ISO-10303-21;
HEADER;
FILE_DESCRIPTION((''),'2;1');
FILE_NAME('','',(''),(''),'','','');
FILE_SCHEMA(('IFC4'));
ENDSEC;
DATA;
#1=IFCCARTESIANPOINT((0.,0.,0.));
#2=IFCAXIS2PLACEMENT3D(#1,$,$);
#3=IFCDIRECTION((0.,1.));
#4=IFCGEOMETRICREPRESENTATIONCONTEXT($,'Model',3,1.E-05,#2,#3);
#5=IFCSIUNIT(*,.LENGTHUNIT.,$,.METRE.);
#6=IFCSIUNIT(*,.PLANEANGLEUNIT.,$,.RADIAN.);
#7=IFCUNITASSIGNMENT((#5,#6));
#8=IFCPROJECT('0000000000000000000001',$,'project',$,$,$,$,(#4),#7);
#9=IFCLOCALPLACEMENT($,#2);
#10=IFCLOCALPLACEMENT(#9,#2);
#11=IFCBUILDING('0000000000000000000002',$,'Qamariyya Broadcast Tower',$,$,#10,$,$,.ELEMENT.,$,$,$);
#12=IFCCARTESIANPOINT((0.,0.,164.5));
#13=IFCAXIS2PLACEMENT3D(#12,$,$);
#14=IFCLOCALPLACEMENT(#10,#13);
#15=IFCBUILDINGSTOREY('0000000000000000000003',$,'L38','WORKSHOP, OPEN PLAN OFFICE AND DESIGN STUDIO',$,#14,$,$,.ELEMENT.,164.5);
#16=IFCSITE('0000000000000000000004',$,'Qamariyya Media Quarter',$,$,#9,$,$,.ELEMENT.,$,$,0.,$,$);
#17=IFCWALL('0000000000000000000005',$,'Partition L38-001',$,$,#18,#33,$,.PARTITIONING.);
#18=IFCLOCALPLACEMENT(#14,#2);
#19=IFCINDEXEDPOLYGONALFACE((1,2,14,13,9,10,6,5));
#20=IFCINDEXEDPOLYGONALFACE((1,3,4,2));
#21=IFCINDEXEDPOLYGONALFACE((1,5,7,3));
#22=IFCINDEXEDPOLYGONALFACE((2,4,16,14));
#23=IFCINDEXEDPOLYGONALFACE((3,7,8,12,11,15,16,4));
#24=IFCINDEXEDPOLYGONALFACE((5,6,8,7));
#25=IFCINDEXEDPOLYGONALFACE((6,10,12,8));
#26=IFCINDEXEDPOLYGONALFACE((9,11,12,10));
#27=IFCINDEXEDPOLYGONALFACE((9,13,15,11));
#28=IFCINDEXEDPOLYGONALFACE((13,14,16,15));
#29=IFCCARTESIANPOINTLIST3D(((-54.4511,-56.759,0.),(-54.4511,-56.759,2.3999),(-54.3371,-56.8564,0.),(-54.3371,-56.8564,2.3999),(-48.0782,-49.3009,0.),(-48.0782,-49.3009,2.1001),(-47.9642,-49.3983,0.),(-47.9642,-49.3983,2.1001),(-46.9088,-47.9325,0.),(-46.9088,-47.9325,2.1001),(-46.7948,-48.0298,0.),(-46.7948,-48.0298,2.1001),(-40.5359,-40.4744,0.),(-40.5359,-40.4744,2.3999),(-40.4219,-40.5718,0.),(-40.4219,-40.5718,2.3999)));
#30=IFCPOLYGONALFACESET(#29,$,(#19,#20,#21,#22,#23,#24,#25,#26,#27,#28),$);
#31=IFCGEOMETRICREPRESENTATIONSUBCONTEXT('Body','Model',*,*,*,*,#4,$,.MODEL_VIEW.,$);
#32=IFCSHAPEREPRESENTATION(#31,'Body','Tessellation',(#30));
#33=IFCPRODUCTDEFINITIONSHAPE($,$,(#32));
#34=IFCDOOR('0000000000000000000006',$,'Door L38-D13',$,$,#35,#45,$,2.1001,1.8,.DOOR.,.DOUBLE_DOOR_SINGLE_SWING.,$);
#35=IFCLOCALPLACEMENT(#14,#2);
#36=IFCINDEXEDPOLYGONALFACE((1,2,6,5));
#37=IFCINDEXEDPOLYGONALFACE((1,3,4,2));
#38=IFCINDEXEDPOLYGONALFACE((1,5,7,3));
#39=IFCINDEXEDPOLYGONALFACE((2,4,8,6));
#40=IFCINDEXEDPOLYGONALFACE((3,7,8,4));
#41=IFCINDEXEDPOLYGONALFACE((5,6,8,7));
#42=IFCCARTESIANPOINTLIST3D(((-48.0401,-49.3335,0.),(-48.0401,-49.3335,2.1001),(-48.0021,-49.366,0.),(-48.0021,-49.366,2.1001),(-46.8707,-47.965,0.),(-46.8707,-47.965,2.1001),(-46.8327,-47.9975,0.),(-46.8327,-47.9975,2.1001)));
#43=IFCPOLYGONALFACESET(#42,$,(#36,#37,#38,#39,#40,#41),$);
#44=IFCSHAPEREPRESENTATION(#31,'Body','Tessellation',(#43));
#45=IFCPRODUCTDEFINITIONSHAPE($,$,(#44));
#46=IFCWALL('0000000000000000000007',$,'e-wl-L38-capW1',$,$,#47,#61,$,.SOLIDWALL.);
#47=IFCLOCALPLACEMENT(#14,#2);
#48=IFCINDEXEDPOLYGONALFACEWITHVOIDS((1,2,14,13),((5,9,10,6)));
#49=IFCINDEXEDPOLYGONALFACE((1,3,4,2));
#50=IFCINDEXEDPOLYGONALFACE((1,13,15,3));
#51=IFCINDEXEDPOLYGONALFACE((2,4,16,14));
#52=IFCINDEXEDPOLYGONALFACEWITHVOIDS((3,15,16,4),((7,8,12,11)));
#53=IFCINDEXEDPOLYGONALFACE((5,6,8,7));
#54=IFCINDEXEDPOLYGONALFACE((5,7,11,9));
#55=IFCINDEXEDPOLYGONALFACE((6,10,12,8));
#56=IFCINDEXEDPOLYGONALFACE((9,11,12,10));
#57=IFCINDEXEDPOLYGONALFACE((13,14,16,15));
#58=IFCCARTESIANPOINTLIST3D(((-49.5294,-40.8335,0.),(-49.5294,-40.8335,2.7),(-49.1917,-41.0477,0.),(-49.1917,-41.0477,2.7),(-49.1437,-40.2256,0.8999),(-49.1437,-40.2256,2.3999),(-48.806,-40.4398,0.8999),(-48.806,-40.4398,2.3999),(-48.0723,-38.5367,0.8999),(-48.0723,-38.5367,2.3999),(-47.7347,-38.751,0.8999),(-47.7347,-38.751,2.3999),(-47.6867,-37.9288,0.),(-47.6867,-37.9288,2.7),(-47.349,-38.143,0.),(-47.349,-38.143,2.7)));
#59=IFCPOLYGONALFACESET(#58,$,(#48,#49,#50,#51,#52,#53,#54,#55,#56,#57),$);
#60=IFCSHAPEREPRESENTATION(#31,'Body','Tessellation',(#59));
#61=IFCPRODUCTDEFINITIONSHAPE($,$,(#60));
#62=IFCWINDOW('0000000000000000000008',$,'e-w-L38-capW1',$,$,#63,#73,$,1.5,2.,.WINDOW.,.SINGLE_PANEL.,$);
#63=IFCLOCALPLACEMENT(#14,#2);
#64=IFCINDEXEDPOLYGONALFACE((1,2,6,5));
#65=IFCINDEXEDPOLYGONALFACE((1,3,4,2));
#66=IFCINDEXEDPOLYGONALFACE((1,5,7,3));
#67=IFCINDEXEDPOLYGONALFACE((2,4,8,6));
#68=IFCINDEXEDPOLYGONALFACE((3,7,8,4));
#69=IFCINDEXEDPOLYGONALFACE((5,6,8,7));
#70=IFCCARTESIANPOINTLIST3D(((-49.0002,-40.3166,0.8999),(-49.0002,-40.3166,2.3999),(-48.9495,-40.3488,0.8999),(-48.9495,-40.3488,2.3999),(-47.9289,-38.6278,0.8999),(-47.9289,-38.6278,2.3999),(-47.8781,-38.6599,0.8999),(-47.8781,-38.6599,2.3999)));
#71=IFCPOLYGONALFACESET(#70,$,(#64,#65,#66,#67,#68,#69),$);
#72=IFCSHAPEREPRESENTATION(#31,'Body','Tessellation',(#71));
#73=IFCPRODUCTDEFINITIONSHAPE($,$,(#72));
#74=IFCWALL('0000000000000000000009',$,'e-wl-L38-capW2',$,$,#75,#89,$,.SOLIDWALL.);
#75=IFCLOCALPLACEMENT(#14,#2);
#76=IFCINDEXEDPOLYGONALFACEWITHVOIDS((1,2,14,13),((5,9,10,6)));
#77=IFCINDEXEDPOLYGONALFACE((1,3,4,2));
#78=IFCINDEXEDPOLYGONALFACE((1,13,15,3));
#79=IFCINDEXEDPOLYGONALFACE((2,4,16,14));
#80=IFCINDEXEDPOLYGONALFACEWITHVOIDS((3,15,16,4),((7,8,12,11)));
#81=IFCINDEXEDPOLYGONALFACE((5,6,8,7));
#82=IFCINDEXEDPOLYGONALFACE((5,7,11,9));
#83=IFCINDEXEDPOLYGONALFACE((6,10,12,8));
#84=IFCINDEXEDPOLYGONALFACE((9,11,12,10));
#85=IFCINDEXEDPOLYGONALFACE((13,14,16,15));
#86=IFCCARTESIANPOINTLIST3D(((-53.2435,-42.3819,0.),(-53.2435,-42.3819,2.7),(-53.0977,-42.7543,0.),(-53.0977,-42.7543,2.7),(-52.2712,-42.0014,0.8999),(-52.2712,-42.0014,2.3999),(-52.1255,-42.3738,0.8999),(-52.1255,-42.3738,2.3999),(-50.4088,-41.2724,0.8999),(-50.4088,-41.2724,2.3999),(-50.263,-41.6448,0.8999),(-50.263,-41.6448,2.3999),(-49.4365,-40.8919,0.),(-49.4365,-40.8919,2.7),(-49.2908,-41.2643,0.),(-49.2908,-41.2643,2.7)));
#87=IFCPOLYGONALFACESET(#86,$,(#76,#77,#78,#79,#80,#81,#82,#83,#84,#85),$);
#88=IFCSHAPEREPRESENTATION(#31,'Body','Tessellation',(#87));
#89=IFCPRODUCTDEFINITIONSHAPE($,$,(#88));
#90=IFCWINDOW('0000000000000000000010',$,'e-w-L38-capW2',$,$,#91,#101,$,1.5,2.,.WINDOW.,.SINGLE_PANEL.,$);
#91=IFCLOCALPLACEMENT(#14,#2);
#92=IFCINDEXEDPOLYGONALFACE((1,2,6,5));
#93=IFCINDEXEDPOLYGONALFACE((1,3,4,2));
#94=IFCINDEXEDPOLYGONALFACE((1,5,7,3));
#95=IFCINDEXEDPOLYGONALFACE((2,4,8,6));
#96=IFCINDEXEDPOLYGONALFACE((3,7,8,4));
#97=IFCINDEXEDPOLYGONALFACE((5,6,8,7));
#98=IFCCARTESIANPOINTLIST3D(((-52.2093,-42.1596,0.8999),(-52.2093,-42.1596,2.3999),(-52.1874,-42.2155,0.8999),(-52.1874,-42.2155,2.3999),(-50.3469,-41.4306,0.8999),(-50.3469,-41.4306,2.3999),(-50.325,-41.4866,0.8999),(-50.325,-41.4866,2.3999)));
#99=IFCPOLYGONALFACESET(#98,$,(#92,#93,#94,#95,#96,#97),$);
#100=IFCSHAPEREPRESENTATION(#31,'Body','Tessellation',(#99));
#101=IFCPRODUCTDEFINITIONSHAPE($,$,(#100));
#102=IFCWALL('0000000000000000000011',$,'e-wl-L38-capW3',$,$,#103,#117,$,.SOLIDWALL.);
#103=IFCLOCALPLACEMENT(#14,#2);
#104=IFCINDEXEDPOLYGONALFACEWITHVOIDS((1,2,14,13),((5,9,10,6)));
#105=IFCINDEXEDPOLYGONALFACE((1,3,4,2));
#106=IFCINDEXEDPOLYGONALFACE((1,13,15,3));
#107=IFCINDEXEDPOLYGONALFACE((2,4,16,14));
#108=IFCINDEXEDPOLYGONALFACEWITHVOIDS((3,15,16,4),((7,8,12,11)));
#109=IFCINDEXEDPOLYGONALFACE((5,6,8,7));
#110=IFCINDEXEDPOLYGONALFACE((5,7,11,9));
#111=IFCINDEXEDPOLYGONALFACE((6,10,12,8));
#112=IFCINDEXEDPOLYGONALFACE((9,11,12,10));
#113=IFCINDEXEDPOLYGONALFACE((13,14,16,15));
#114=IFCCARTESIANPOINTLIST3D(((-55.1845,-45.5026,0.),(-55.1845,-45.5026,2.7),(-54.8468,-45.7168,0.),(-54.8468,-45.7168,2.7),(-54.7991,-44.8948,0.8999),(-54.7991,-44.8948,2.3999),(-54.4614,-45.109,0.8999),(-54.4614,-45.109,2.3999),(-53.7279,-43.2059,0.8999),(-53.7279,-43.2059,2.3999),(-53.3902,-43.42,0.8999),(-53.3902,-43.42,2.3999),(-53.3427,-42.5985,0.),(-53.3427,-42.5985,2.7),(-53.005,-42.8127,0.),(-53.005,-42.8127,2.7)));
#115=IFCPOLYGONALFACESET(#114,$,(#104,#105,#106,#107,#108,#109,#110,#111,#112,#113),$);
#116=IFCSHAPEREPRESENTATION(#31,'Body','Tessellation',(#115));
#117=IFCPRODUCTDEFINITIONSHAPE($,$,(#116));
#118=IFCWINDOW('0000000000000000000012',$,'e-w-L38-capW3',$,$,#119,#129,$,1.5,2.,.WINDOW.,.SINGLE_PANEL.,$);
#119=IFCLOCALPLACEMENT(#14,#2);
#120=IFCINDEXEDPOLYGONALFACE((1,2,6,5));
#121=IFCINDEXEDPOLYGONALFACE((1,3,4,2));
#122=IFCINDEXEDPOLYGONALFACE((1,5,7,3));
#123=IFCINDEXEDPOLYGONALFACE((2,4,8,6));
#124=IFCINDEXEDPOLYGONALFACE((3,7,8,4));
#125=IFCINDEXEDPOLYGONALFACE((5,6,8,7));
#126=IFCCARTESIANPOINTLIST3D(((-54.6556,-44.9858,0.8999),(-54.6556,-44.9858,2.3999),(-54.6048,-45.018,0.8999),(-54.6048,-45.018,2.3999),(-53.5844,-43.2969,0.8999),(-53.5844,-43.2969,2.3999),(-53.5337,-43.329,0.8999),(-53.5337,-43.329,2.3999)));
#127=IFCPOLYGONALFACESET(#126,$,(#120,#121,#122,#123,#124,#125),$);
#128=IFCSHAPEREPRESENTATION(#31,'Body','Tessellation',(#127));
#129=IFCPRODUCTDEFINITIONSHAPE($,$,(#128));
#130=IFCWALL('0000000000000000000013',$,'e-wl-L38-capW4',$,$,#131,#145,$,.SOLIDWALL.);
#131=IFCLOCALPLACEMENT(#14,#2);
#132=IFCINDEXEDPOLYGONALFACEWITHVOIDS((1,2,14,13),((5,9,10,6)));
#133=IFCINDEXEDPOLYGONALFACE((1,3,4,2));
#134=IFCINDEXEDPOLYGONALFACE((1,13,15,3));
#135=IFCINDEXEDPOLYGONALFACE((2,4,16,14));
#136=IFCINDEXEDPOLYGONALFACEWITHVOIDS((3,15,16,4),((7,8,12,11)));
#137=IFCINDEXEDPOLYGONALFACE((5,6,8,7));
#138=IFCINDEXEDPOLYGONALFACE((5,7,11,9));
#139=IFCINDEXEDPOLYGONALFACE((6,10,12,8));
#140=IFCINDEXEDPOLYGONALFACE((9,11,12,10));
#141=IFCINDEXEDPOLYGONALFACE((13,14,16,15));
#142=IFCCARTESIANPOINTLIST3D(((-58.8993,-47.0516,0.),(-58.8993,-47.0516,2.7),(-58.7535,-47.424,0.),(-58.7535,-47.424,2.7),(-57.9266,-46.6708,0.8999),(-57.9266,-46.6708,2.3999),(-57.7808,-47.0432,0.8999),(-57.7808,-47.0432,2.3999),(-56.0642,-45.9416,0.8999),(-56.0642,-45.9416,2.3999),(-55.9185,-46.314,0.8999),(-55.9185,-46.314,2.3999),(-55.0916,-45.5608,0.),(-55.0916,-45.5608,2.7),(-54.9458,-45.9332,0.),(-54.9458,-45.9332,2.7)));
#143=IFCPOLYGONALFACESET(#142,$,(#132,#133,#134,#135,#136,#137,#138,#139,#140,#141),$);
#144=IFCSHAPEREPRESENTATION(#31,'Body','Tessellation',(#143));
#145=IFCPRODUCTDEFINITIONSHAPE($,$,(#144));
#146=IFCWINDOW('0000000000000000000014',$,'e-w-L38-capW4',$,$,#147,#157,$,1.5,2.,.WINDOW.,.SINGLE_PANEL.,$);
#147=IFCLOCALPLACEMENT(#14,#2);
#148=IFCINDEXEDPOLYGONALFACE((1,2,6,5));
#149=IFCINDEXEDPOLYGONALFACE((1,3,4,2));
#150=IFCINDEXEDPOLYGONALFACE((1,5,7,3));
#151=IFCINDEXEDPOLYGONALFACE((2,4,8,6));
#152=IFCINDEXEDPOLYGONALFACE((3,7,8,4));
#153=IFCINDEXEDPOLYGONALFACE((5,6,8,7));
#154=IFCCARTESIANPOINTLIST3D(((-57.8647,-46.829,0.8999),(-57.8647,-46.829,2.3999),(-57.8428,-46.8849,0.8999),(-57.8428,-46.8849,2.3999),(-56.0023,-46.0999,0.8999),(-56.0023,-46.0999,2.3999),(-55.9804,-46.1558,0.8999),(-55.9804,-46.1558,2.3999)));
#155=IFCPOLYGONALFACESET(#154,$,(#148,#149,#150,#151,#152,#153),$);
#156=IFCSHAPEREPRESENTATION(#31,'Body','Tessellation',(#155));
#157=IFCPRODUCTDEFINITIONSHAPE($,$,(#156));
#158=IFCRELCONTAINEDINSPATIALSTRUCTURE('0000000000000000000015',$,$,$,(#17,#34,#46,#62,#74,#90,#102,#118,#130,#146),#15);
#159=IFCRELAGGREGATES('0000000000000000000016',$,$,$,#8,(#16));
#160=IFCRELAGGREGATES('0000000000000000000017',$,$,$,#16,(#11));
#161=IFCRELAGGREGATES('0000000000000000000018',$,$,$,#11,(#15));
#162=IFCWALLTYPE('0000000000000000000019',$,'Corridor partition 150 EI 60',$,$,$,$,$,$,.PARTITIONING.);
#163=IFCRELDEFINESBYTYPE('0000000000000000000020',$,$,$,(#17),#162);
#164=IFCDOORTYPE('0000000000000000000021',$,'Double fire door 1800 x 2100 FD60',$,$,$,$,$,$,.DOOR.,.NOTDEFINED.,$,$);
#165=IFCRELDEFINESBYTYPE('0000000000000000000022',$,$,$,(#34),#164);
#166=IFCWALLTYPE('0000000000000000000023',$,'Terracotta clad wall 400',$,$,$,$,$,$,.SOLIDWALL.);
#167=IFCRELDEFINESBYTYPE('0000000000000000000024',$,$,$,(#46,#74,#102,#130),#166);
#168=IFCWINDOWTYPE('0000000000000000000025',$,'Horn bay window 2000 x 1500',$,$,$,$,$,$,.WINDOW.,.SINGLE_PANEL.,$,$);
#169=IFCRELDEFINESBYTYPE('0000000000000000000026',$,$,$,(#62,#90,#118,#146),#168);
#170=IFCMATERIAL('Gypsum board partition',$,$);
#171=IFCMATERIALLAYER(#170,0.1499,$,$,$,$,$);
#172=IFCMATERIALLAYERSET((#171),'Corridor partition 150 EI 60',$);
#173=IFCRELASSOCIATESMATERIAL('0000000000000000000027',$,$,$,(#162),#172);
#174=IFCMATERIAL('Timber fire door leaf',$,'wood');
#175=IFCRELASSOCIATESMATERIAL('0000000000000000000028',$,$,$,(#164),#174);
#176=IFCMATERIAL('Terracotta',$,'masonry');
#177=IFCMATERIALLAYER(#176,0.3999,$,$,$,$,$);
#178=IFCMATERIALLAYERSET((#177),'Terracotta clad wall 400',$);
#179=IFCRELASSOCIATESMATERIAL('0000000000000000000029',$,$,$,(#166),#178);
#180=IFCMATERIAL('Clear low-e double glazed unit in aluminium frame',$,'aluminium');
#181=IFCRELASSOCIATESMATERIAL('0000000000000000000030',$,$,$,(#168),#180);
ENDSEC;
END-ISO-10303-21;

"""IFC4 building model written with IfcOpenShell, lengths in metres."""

from ifc_helpers import new_model, si_unit, direction, frame, frame_2d, origin, place, context, subcontext, project, spatial, rectangle, extrude, material, layer, layer_set, type_object, element, fill, save


model = new_model("IFC4")

# Units and contexts
model_context = context("Model", 3, precision=1e-05, world=origin(), true_north=direction((0.0, 1.0)))
body_context = subcontext(model_context, "Body", "Model", "MODEL_VIEW")
ifc_project = project(units=[si_unit("LENGTHUNIT", "METRE"), si_unit("PLANEANGLEUNIT", "RADIAN")], contexts=[model_context])

# Site, building, storey
site_placement = place(None, origin())
site = spatial("IfcSite", under=ifc_project, at=site_placement, Name="Qamariyya Media Quarter", CompositionType="ELEMENT", RefElevation=0.0)
building_placement = place(site_placement, origin())
building = spatial("IfcBuilding", under=site, at=building_placement, Name="Qamariyya Broadcast Tower", CompositionType="ELEMENT")
storey_placement = place(building_placement, frame((0.0, 0.0, 164.5)))
storey = spatial("IfcBuildingStorey", under=building, at=storey_placement, Name="L38", Description="WORKSHOP, OPEN PLAN OFFICE AND DESIGN STUDIO", CompositionType="ELEMENT", Elevation=164.5)

# Wall, opening, door
ifc_material_1 = material(Name="Gypsum board partition")
ifc_layer_1 = layer(ifc_material_1, 0.1499)
ifc_layer_set_1 = layer_set([ifc_layer_1], Name="Corridor partition 150 EI 60")
wall_type_1 = type_object("IfcWallType", Name="Corridor partition 150 EI 60", PredefinedType="PARTITIONING", material=ifc_layer_set_1)
wall_1_placement = place(storey_placement, frame((-54.394, -56.8076, 0.0), z_axis=(0.0, 0.0, 1.0), x_axis=(0.649633, 0.760248, 0.0)))
wall_1 = element("IfcWall", 1, at=wall_1_placement, inside=storey, type_object=wall_type_1, Name="Partition L38-001", PredefinedType="PARTITIONING", context=body_context, shape_type="SweptSolid", body=[
    extrude(rectangle(XDim=21.4202, YDim=0.1499, at=frame_2d((10.71, 0.0))), origin(), (0.0, 0.0, 1.0), 2.3999),
])
opening_1_placement = place(wall_1_placement, frame((9.8101, 0.0, 0.0)))
opening_1 = element("IfcOpeningElement", 2, at=opening_1_placement, cuts=wall_1, PredefinedType="OPENING", context=body_context, shape_type="SweptSolid", body=[
    extrude(rectangle(XDim=1.8, YDim=2.1001, at=frame_2d((0.8999, 1.05))), frame((0.0, 0.085, 0.0), z_axis=(0.0, -1.0, 0.0), x_axis=(1.0, 0.0, 0.0)), (0.0, 0.0, 1.0), 0.1699),
])
ifc_material_2 = material(Name="Timber fire door leaf", Category="wood")
door_type_1 = type_object("IfcDoorType", Name="Double fire door 1800 x 2100 FD60", OperationType="NOTDEFINED", PredefinedType="DOOR", material=ifc_material_2)
door_1_placement = place(opening_1_placement, origin())
door_1 = element("IfcDoor", 3, at=door_1_placement, inside=storey, type_object=door_type_1, Name="Door L38-D13", OperationType="DOUBLE_DOOR_SINGLE_SWING", OverallHeight=2.1001, OverallWidth=1.8, PredefinedType="DOOR", context=body_context, shape_type="SweptSolid", body=[
    extrude(rectangle(XDim=1.8, YDim=2.1001, at=frame_2d((0.8999, 1.05))), frame((0.0, 0.0249, 0.0), z_axis=(0.0, -1.0, 0.0), x_axis=(1.0, 0.0, 0.0)), (0.0, 0.0, 1.0), 0.05),
])
fill(opening_1, door_1)

# Walls, openings, windows
ifc_material_3 = material(Name="Terracotta", Category="masonry")
ifc_layer_2 = layer(ifc_material_3, 0.3999)
ifc_layer_set_2 = layer_set([ifc_layer_2], Name="Terracotta clad wall 400")
wall_type_2 = type_object("IfcWallType", Name="Terracotta clad wall 400", PredefinedType="SOLIDWALL", material=ifc_layer_set_2)
wall_2_placement = place(storey_placement, frame((-47.5178, -38.0359, 0.0), z_axis=(0.0, 0.0, 1.0), x_axis=(-0.53569, -0.844415, 0.0)))
wall_2 = element("IfcWall", 4, at=wall_2_placement, inside=storey, type_object=wall_type_2, Name="e-wl-L38-capW1", PredefinedType="SOLIDWALL", context=body_context, shape_type="SweptSolid", body=[
    extrude(rectangle(XDim=3.4399, YDim=0.3999, at=frame_2d((1.72, 0.0))), origin(), (0.0, 0.0, 1.0), 2.7),
])
opening_2_placement = place(wall_2_placement, frame((0.72, 0.0, 0.8999)))
opening_2 = element("IfcOpeningElement", 5, at=opening_2_placement, cuts=wall_2, PredefinedType="OPENING", context=body_context, shape_type="SweptSolid", body=[
    extrude(rectangle(XDim=2.0, YDim=1.5, at=frame_2d((1.0, 0.75))), frame((0.0, 0.21, 0.0), z_axis=(0.0, -1.0, 0.0), x_axis=(1.0, 0.0, 0.0)), (0.0, 0.0, 1.0), 0.4199),
])
ifc_material_4 = material(Name="Clear low-e double glazed unit in aluminium frame", Category="aluminium")
window_type = type_object("IfcWindowType", Name="Horn bay window 2000 x 1500", PartitioningType="SINGLE_PANEL", PredefinedType="WINDOW", material=ifc_material_4)
window_1_placement = place(opening_2_placement, origin())
window_1 = element("IfcWindow", 6, at=window_1_placement, inside=storey, type_object=window_type, Name="e-w-L38-capW1", OverallHeight=1.5, OverallWidth=2.0, PartitioningType="SINGLE_PANEL", PredefinedType="WINDOW", context=body_context, shape_type="SweptSolid", body=[
    extrude(rectangle(XDim=2.0, YDim=1.5, at=frame_2d((1.0, 0.75))), frame((0.0, 0.03, 0.0), z_axis=(0.0, -1.0, 0.0), x_axis=(1.0, 0.0, 0.0)), (0.0, 0.0, 1.0), 0.0601),
])
fill(opening_2, window_1)
wall_3_placement = place(storey_placement, frame((-49.3638, -41.0781, 0.0), z_axis=(0.0, 0.0, 1.0), x_axis=(-0.931215, -0.364471, 0.0)))
wall_3 = element("IfcWall", 7, at=wall_3_placement, inside=storey, type_object=wall_type_2, Name="e-wl-L38-capW2", PredefinedType="SOLIDWALL", context=body_context, shape_type="SweptSolid", body=[
    extrude(rectangle(XDim=4.0881, YDim=0.3999, at=frame_2d((2.0439, 0.0))), origin(), (0.0, 0.0, 1.0), 2.7),
])
opening_3_placement = place(wall_3_placement, frame((1.0439, 0.0, 0.8999)))
opening_3 = element("IfcOpeningElement", 8, at=opening_3_placement, cuts=wall_3, PredefinedType="OPENING", context=body_context, shape_type="SweptSolid", body=[
    extrude(rectangle(XDim=2.0, YDim=1.5, at=frame_2d((1.0, 0.75))), frame((0.0, 0.21, 0.0), z_axis=(0.0, -1.0, 0.0), x_axis=(1.0, 0.0, 0.0)), (0.0, 0.0, 1.0), 0.4199),
])
window_2_placement = place(opening_3_placement, origin())
window_2 = element("IfcWindow", 9, at=window_2_placement, inside=storey, type_object=window_type, Name="e-w-L38-capW2", OverallHeight=1.5, OverallWidth=2.0, PartitioningType="SINGLE_PANEL", PredefinedType="WINDOW", context=body_context, shape_type="SweptSolid", body=[
    extrude(rectangle(XDim=2.0, YDim=1.5, at=frame_2d((1.0, 0.75))), frame((0.0, 0.03, 0.0), z_axis=(0.0, -1.0, 0.0), x_axis=(1.0, 0.0, 0.0)), (0.0, 0.0, 1.0), 0.0601),
])
fill(opening_3, window_2)
wall_4_placement = place(storey_placement, frame((-53.1738, -42.7056, 0.0), z_axis=(0.0, 0.0, 1.0), x_axis=(-0.535584, -0.844482, 0.0)))
wall_4 = element("IfcWall", 10, at=wall_4_placement, inside=storey, type_object=wall_type_2, Name="e-wl-L38-capW3", PredefinedType="SOLIDWALL", context=body_context, shape_type="SweptSolid", body=[
    extrude(rectangle(XDim=3.439, YDim=0.3999, at=frame_2d((1.7195, 0.0))), origin(), (0.0, 0.0, 1.0), 2.7),
])
opening_4_placement = place(wall_4_placement, frame((0.7192, 0.0, 0.8999)))
opening_4 = element("IfcOpeningElement", 11, at=opening_4_placement, cuts=wall_4, PredefinedType="OPENING", context=body_context, shape_type="SweptSolid", body=[
    extrude(rectangle(XDim=2.0, YDim=1.5, at=frame_2d((1.0, 0.75))), frame((0.0, 0.21, 0.0), z_axis=(0.0, -1.0, 0.0), x_axis=(1.0, 0.0, 0.0)), (0.0, 0.0, 1.0), 0.4199),
])
window_3_placement = place(opening_4_placement, origin())
window_3 = element("IfcWindow", 12, at=window_3_placement, inside=storey, type_object=window_type, Name="e-w-L38-capW3", OverallHeight=1.5, OverallWidth=2.0, PartitioningType="SINGLE_PANEL", PredefinedType="WINDOW", context=body_context, shape_type="SweptSolid", body=[
    extrude(rectangle(XDim=2.0, YDim=1.5, at=frame_2d((1.0, 0.75))), frame((0.0, 0.03, 0.0), z_axis=(0.0, -1.0, 0.0), x_axis=(1.0, 0.0, 0.0)), (0.0, 0.0, 1.0), 0.0601),
])
fill(opening_4, window_3)
wall_5_placement = place(storey_placement, frame((-55.0188, -45.7471, 0.0), z_axis=(0.0, 0.0, 1.0), x_axis=(-0.931178, -0.364566, 0.0)))
wall_5 = element("IfcWall", 13, at=wall_5_placement, inside=storey, type_object=wall_type_2, Name="e-wl-L38-capW4", PredefinedType="SOLIDWALL", context=body_context, shape_type="SweptSolid", body=[
    extrude(rectangle(XDim=4.0891, YDim=0.3999, at=frame_2d((2.0444, 0.0))), origin(), (0.0, 0.0, 1.0), 2.7),
])
opening_5_placement = place(wall_5_placement, frame((1.0444, 0.0, 0.8999)))
opening_5 = element("IfcOpeningElement", 14, at=opening_5_placement, cuts=wall_5, PredefinedType="OPENING", context=body_context, shape_type="SweptSolid", body=[
    extrude(rectangle(XDim=2.0, YDim=1.5, at=frame_2d((1.0, 0.75))), frame((0.0, 0.21, 0.0), z_axis=(0.0, -1.0, 0.0), x_axis=(1.0, 0.0, 0.0)), (0.0, 0.0, 1.0), 0.4199),
])
window_4_placement = place(opening_5_placement, origin())
window_4 = element("IfcWindow", 15, at=window_4_placement, inside=storey, type_object=window_type, Name="e-w-L38-capW4", OverallHeight=1.5, OverallWidth=2.0, PartitioningType="SINGLE_PANEL", PredefinedType="WINDOW", context=body_context, shape_type="SweptSolid", body=[
    extrude(rectangle(XDim=2.0, YDim=1.5, at=frame_2d((1.0, 0.75))), frame((0.0, 0.03, 0.0), z_axis=(0.0, -1.0, 0.0), x_axis=(1.0, 0.0, 0.0)), (0.0, 0.0, 1.0), 0.0601),
])
fill(opening_5, window_4)

save(model, "model.ifc")
